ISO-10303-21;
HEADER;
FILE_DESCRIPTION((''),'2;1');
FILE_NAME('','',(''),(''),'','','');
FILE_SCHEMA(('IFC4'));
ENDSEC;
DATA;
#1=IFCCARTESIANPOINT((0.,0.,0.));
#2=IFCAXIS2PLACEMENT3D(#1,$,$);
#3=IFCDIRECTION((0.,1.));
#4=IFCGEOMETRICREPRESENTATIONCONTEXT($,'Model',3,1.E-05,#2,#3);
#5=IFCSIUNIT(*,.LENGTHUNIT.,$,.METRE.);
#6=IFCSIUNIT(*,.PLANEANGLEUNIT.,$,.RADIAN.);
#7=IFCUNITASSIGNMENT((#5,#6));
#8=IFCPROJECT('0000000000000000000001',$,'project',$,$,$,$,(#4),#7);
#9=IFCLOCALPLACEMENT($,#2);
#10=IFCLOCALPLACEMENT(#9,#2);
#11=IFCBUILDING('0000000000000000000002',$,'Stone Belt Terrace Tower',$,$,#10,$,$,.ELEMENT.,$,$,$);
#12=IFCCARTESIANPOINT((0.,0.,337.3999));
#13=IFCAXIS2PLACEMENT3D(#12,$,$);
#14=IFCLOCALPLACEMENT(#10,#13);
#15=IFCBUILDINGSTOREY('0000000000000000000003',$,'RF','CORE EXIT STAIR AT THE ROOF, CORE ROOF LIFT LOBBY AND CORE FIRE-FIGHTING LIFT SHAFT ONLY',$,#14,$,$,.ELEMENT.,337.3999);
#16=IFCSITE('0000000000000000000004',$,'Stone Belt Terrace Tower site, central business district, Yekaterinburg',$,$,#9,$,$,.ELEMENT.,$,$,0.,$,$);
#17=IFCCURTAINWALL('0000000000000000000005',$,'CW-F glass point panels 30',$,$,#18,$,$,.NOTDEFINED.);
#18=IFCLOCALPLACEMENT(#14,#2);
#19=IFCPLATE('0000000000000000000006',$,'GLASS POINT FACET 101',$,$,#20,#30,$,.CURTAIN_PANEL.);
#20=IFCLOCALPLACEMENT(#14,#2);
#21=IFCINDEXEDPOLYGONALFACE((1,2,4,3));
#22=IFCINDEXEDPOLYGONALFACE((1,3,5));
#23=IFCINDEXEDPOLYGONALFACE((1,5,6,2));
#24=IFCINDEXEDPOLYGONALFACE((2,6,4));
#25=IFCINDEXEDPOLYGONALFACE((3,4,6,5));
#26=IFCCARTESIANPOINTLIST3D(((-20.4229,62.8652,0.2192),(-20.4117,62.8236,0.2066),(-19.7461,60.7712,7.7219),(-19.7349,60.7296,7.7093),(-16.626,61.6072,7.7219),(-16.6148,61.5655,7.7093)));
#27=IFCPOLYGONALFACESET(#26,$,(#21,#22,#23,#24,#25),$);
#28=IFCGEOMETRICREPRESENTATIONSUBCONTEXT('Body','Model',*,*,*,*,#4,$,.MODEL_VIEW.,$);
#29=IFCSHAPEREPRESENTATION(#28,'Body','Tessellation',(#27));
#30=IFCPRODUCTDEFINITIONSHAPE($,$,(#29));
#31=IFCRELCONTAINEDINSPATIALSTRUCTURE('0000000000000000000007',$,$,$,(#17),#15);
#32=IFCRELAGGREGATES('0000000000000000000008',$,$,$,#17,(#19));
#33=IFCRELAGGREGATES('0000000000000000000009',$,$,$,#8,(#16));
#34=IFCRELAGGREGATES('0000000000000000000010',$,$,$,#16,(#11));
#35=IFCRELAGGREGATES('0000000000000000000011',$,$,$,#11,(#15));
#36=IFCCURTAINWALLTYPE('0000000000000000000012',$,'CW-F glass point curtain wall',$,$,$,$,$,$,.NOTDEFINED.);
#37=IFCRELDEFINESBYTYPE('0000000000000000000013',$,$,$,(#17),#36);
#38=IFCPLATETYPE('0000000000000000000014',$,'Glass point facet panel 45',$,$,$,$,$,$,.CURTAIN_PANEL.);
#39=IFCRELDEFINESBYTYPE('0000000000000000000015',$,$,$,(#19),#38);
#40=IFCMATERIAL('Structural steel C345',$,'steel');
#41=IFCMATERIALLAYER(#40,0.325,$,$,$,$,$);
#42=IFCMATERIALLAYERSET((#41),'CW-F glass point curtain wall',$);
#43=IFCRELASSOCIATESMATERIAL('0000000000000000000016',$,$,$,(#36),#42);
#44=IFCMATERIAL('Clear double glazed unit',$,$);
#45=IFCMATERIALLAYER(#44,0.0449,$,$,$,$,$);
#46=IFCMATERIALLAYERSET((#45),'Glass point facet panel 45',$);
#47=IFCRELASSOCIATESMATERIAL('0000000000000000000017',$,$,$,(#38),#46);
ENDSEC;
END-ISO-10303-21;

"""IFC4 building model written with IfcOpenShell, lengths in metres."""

from ifc_helpers import new_model, si_unit, direction, frame, origin, place, context, subcontext, project, spatial, polyline, outline, extrude, material, layer, layer_set, type_object, element, aggregate, save


model = new_model("IFC4")

# Units and contexts
model_context = context("Model", 3, precision=1e-05, world=origin(), true_north=direction((0.0, 1.0)))
body_context = subcontext(model_context, "Body", "Model", "MODEL_VIEW")
ifc_project = project(units=[si_unit("LENGTHUNIT", "METRE"), si_unit("PLANEANGLEUNIT", "RADIAN")], contexts=[model_context])

# Site, building, storey
site_placement = place(None, origin())
site = spatial("IfcSite", under=ifc_project, at=site_placement, Name="Stone Belt Terrace Tower site, central business district, Yekaterinburg", CompositionType="ELEMENT", RefElevation=0.0)
building_placement = place(site_placement, origin())
building = spatial("IfcBuilding", under=site, at=building_placement, Name="Stone Belt Terrace Tower", CompositionType="ELEMENT")
storey_placement = place(building_placement, frame((0.0, 0.0, 337.3999)))
storey = spatial("IfcBuildingStorey", under=building, at=storey_placement, Name="RF", Description="CORE EXIT STAIR AT THE ROOF, CORE ROOF LIFT LOBBY AND CORE FIRE-FIGHTING LIFT SHAFT ONLY", CompositionType="ELEMENT", Elevation=337.3999)

# Shared definitions
ifc_material_1 = material(Name="Structural steel C345", Category="steel")

# Shared definitions
ifc_layer_1 = layer(ifc_material_1, 0.325)
ifc_layer_set_1 = layer_set([ifc_layer_1], Name="CW-F glass point curtain wall")
curtain_wall_type = type_object("IfcCurtainWallType", Name="CW-F glass point curtain wall", PredefinedType="NOTDEFINED", material=ifc_layer_set_1)
ifc_material_2 = material(Name="Clear double glazed unit")
ifc_layer_2 = layer(ifc_material_2, 0.0449)
ifc_layer_set_2 = layer_set([ifc_layer_2], Name="Glass point facet panel 45")
plate_type = type_object("IfcPlateType", Name="Glass point facet panel 45", PredefinedType="CURTAIN_PANEL", material=ifc_layer_set_2)

# Curtain wall, plate
curtain_wall_1_placement = place(storey_placement, origin())
curtain_wall_1 = element("IfcCurtainWall", 1, at=curtain_wall_1_placement, inside=storey, type_object=curtain_wall_type, Name="CW-F glass point panels 30", PredefinedType="NOTDEFINED")
plate_1_placement = place(storey_placement, frame((-20.4229, 62.8652, 0.2192), z_axis=(-0.248355, 0.926979, 0.281121), x_axis=(0.44657, -0.147966, 0.882429)))
plate_1 = element("IfcPlate", 2, at=plate_1_placement, type_object=plate_type, Name="GLASS POINT FACET 101", PredefinedType="CURTAIN_PANEL", context=body_context, shape_type="SweptSolid", body=[
    extrude(outline(polyline([(0.0, 0.0), (8.5023, 0.0), (7.2326, -2.9702), (0.0, 0.0)])), origin(), (0.0, 0.0, -1.0), 0.0449),
])
aggregate(curtain_wall_1, [plate_1])

save(model, "model.ifc")
